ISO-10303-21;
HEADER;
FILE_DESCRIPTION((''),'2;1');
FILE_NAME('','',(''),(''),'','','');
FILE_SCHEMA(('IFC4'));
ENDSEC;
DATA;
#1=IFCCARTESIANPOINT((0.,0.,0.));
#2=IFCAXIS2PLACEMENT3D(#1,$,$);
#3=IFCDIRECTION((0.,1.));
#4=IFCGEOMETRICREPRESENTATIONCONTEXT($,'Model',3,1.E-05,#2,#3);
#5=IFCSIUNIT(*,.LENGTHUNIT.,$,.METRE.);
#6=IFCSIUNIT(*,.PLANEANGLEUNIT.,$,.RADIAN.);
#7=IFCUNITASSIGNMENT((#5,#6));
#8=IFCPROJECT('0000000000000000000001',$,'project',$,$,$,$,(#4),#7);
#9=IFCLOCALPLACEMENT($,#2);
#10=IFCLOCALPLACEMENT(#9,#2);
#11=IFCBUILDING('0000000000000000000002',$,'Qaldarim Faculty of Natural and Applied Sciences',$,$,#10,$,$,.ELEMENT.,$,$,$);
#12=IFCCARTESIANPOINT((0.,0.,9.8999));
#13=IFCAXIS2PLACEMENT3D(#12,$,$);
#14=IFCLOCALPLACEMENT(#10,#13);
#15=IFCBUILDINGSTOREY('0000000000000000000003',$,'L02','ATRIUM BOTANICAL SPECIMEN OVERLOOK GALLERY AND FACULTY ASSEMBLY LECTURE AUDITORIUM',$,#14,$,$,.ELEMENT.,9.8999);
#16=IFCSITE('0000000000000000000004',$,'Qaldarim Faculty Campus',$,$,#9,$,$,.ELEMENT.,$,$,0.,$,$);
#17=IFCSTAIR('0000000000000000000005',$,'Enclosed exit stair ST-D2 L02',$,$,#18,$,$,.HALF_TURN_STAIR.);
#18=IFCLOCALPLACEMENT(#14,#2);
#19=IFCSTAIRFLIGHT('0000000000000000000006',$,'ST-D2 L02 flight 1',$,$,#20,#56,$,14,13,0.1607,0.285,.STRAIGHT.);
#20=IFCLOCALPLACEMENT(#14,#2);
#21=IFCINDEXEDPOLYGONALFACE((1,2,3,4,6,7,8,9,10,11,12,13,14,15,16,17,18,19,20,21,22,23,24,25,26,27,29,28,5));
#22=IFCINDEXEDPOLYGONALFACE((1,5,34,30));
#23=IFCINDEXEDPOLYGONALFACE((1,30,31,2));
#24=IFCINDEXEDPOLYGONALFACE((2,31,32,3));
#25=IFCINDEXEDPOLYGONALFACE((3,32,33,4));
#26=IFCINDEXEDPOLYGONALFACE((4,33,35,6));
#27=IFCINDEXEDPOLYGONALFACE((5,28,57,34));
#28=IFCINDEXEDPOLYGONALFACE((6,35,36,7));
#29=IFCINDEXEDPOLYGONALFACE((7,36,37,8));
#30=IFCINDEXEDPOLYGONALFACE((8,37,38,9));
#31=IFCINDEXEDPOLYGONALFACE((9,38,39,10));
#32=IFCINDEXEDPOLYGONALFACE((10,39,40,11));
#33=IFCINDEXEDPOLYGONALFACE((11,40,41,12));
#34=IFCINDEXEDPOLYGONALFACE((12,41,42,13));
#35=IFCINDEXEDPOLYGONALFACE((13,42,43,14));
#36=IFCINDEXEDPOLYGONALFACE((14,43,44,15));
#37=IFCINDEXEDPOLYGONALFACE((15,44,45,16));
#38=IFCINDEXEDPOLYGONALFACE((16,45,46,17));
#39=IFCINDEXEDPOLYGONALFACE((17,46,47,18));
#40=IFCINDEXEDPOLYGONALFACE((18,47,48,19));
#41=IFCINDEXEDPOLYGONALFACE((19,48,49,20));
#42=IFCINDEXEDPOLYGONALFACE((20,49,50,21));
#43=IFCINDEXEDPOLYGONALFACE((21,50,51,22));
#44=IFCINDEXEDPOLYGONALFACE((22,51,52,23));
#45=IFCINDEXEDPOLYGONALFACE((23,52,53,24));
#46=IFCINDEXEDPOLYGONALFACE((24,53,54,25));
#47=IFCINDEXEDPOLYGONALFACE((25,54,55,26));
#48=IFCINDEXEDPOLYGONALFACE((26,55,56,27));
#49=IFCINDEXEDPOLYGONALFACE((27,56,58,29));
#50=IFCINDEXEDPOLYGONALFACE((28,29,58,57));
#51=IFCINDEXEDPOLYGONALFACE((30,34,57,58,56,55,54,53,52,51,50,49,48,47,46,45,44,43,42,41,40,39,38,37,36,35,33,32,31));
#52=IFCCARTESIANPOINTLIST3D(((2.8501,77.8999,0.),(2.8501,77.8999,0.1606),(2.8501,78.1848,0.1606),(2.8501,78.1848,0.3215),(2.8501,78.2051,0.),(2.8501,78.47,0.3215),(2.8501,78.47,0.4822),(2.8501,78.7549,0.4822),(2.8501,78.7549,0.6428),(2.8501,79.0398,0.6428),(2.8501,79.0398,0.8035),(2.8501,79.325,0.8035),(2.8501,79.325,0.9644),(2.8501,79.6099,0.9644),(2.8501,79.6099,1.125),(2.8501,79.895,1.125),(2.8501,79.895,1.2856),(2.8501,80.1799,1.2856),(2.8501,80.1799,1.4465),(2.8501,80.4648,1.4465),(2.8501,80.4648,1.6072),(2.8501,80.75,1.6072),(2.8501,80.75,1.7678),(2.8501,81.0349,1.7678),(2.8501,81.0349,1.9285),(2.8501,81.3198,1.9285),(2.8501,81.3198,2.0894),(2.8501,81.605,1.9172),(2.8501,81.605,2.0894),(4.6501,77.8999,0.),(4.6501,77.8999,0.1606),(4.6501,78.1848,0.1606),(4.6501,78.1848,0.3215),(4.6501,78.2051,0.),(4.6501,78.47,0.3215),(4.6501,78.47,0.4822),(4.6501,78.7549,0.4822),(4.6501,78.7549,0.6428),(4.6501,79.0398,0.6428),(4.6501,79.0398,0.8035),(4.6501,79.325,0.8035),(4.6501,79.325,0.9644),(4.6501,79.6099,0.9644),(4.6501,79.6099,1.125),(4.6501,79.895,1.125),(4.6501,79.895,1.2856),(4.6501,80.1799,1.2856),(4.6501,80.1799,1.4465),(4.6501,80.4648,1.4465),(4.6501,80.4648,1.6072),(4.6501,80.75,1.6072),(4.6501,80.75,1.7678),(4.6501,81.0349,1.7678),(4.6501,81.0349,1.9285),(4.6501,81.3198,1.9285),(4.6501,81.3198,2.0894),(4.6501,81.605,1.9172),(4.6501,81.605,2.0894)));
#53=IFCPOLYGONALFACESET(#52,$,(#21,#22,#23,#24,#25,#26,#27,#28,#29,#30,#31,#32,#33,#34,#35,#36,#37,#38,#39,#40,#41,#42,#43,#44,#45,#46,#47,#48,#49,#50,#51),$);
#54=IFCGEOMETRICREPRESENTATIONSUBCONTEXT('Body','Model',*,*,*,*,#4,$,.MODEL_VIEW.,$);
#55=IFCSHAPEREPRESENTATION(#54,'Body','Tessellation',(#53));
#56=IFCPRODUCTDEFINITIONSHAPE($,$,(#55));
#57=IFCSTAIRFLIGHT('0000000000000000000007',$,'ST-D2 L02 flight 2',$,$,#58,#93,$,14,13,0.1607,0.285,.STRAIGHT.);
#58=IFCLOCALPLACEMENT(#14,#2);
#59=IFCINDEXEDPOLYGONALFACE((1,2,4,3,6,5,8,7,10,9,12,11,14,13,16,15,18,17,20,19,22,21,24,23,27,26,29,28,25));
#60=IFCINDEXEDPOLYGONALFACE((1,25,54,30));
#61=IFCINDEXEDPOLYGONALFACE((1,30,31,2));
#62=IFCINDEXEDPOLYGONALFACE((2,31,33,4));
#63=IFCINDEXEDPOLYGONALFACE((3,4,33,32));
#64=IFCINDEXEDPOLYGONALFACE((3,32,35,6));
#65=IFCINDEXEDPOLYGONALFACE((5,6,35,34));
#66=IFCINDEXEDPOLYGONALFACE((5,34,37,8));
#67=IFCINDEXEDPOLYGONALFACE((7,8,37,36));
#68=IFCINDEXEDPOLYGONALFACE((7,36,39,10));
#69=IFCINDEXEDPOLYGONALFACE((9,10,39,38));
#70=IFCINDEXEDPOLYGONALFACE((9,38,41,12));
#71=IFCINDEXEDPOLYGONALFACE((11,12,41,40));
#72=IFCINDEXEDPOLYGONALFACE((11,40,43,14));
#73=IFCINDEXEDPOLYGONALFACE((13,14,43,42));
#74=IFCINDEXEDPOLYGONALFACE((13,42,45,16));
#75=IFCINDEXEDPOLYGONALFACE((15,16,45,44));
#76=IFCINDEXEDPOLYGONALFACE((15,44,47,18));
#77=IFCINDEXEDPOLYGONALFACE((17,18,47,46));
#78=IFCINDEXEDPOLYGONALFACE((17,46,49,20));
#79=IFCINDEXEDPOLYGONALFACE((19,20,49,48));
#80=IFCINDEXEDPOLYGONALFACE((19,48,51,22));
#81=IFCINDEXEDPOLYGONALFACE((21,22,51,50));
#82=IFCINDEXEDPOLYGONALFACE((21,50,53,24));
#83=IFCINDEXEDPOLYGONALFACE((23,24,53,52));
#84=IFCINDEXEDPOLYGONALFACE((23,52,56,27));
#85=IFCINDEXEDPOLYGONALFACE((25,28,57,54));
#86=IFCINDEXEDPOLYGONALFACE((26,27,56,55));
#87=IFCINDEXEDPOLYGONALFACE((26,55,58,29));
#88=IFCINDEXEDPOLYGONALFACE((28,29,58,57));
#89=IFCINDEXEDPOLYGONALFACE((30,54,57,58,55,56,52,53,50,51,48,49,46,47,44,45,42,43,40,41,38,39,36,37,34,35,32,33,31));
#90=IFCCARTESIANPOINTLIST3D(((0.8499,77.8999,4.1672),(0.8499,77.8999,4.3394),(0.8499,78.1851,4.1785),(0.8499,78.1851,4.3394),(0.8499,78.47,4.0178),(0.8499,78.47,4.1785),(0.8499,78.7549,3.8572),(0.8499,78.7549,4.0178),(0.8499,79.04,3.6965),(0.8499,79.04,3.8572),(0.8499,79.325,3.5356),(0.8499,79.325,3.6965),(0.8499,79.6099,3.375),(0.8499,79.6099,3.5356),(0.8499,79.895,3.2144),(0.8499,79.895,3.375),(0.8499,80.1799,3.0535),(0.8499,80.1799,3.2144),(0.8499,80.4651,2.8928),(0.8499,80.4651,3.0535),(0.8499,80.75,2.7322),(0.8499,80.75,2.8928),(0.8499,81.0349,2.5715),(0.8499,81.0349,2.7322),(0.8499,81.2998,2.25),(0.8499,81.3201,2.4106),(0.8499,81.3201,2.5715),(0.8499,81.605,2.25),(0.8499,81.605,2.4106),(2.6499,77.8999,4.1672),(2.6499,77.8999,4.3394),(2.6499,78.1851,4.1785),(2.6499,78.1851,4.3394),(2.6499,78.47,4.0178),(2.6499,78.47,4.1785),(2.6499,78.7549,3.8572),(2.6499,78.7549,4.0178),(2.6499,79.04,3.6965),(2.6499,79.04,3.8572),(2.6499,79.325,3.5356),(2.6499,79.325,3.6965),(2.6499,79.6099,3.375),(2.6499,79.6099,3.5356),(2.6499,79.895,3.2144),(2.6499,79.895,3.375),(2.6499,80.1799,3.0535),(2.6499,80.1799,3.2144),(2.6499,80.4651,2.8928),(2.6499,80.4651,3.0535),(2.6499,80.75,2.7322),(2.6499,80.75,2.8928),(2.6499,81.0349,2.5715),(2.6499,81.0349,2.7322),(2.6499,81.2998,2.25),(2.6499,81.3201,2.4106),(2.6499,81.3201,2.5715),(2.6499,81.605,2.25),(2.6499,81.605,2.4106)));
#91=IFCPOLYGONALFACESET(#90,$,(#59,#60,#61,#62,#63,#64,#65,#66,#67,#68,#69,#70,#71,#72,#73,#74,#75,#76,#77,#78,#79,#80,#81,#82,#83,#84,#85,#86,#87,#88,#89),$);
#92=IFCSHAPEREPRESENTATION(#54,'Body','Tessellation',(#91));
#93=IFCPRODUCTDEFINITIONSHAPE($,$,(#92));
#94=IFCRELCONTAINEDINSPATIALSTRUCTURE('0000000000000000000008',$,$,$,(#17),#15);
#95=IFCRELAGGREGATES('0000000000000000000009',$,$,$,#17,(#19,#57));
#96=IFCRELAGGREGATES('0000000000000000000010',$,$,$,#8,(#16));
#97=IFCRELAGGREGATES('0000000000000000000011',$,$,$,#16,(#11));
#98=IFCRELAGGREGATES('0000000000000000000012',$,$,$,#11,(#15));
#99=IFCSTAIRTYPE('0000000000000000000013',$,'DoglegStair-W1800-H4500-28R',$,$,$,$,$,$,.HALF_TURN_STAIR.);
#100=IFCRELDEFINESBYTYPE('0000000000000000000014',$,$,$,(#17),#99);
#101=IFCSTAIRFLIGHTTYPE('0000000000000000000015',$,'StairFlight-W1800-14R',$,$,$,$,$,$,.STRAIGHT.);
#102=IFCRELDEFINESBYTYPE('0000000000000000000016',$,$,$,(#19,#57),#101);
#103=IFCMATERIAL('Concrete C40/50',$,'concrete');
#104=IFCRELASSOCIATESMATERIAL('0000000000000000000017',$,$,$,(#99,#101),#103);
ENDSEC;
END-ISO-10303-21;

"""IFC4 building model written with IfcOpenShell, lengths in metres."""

from ifc_helpers import new_model, si_unit, direction, frame, origin, place, context, subcontext, project, spatial, polyline, outline, extrude, material, type_object, element, aggregate, save


model = new_model("IFC4")

# Units and contexts
model_context = context("Model", 3, precision=1e-05, world=origin(), true_north=direction((0.0, 1.0)))
body_context = subcontext(model_context, "Body", "Model", "MODEL_VIEW")
ifc_project = project(units=[si_unit("LENGTHUNIT", "METRE"), si_unit("PLANEANGLEUNIT", "RADIAN")], contexts=[model_context])

# Site, building, storey
site_placement = place(None, origin())
site = spatial("IfcSite", under=ifc_project, at=site_placement, Name="Qaldarim Faculty Campus", CompositionType="ELEMENT", RefElevation=0.0)
building_placement = place(site_placement, origin())
building = spatial("IfcBuilding", under=site, at=building_placement, Name="Qaldarim Faculty of Natural and Applied Sciences", CompositionType="ELEMENT")
storey_placement = place(building_placement, frame((0.0, 0.0, 9.8999)))
storey = spatial("IfcBuildingStorey", under=building, at=storey_placement, Name="L02", Description="ATRIUM BOTANICAL SPECIMEN OVERLOOK GALLERY AND FACULTY ASSEMBLY LECTURE AUDITORIUM", CompositionType="ELEMENT", Elevation=9.8999)

# Shared definitions
ifc_material_1 = material(Name="Concrete C40/50", Category="concrete")

# Stair, stair flights
stair_type = type_object("IfcStairType", Name="DoglegStair-W1800-H4500-28R", PredefinedType="HALF_TURN_STAIR", material=ifc_material_1)
stair_placement = place(storey_placement, origin())
stair = element("IfcStair", 1, at=stair_placement, inside=storey, type_object=stair_type, Name="Enclosed exit stair ST-D2 L02", PredefinedType="HALF_TURN_STAIR")
stair_flight_type = type_object("IfcStairFlightType", Name="StairFlight-W1800-14R", PredefinedType="STRAIGHT", material=ifc_material_1)
stair_flight_1_placement = place(storey_placement, frame((3.75, 77.8999, 0.0), z_axis=(0.0, 0.0, 1.0), x_axis=(0.0, 1.0, 0.0)))
stair_flight_1 = element("IfcStairFlight", 2, at=stair_flight_1_placement, type_object=stair_flight_type, Name="ST-D2 L02 flight 1", NumberOfRisers=14, NumberOfTreads=13, PredefinedType="STRAIGHT", RiserHeight=0.1607, TreadLength=0.285, context=body_context, shape_type="SweptSolid", body=[
    extrude(outline(polyline([(0.0, 0.0), (0.0, 0.1606), (0.2849, 0.1606), (0.2849, 0.3215), (0.5701, 0.3215), (0.5701, 0.4822), (0.855, 0.4822), (0.855, 0.6428), (1.1399, 0.6428), (1.1399, 0.8035), (1.425, 0.8035), (1.425, 0.9644), (1.71, 0.9644), (1.71, 1.125), (1.9951, 1.125), (1.9951, 1.2856), (2.28, 1.2856), (2.28, 1.4465), (2.5649, 1.4465), (2.5649, 1.6072), (2.8501, 1.6072), (2.8501, 1.7678), (3.135, 1.7678), (3.135, 1.9285), (3.4199, 1.9285), (3.4199, 2.0894), (3.7051, 2.0894), (3.7051, 2.25), (3.7051, 1.9172), (0.3052, 0.0), (0.0, 0.0)])), frame((0.0, 0.8999, 0.0), z_axis=(0.0, -1.0, 0.0), x_axis=(1.0, 0.0, 0.0)), (0.0, 0.0, 1.0), 1.8),
])
stair_flight_2_placement = place(storey_placement, frame((1.75, 81.605, 2.25), z_axis=(0.0, 0.0, 1.0), x_axis=(0.0, -1.0, 0.0)))
stair_flight_2 = element("IfcStairFlight", 3, at=stair_flight_2_placement, type_object=stair_flight_type, Name="ST-D2 L02 flight 2", NumberOfRisers=14, NumberOfTreads=13, PredefinedType="STRAIGHT", RiserHeight=0.1607, TreadLength=0.285, context=body_context, shape_type="SweptSolid", body=[
    extrude(outline(polyline([(0.0, 0.0), (0.0, 0.1606), (0.2849, 0.1606), (0.2849, 0.3215), (0.5701, 0.3215), (0.5701, 0.4822), (0.855, 0.4822), (0.855, 0.6428), (1.1399, 0.6428), (1.1399, 0.8035), (1.425, 0.8035), (1.425, 0.9644), (1.71, 0.9644), (1.71, 1.125), (1.9951, 1.125), (1.9951, 1.2856), (2.28, 1.2856), (2.28, 1.4465), (2.5649, 1.4465), (2.5649, 1.6072), (2.8501, 1.6072), (2.8501, 1.7678), (3.135, 1.7678), (3.135, 1.9285), (3.4199, 1.9285), (3.4199, 2.0894), (3.7051, 2.0894), (3.7051, 2.25), (3.7051, 1.9172), (0.3052, 0.0), (0.0, 0.0)])), frame((0.0, 0.8999, 0.0), z_axis=(0.0, -1.0, 0.0), x_axis=(1.0, 0.0, 0.0)), (0.0, 0.0, 1.0), 1.8),
])
aggregate(stair, [stair_flight_1, stair_flight_2])

save(model, "model.ifc")
